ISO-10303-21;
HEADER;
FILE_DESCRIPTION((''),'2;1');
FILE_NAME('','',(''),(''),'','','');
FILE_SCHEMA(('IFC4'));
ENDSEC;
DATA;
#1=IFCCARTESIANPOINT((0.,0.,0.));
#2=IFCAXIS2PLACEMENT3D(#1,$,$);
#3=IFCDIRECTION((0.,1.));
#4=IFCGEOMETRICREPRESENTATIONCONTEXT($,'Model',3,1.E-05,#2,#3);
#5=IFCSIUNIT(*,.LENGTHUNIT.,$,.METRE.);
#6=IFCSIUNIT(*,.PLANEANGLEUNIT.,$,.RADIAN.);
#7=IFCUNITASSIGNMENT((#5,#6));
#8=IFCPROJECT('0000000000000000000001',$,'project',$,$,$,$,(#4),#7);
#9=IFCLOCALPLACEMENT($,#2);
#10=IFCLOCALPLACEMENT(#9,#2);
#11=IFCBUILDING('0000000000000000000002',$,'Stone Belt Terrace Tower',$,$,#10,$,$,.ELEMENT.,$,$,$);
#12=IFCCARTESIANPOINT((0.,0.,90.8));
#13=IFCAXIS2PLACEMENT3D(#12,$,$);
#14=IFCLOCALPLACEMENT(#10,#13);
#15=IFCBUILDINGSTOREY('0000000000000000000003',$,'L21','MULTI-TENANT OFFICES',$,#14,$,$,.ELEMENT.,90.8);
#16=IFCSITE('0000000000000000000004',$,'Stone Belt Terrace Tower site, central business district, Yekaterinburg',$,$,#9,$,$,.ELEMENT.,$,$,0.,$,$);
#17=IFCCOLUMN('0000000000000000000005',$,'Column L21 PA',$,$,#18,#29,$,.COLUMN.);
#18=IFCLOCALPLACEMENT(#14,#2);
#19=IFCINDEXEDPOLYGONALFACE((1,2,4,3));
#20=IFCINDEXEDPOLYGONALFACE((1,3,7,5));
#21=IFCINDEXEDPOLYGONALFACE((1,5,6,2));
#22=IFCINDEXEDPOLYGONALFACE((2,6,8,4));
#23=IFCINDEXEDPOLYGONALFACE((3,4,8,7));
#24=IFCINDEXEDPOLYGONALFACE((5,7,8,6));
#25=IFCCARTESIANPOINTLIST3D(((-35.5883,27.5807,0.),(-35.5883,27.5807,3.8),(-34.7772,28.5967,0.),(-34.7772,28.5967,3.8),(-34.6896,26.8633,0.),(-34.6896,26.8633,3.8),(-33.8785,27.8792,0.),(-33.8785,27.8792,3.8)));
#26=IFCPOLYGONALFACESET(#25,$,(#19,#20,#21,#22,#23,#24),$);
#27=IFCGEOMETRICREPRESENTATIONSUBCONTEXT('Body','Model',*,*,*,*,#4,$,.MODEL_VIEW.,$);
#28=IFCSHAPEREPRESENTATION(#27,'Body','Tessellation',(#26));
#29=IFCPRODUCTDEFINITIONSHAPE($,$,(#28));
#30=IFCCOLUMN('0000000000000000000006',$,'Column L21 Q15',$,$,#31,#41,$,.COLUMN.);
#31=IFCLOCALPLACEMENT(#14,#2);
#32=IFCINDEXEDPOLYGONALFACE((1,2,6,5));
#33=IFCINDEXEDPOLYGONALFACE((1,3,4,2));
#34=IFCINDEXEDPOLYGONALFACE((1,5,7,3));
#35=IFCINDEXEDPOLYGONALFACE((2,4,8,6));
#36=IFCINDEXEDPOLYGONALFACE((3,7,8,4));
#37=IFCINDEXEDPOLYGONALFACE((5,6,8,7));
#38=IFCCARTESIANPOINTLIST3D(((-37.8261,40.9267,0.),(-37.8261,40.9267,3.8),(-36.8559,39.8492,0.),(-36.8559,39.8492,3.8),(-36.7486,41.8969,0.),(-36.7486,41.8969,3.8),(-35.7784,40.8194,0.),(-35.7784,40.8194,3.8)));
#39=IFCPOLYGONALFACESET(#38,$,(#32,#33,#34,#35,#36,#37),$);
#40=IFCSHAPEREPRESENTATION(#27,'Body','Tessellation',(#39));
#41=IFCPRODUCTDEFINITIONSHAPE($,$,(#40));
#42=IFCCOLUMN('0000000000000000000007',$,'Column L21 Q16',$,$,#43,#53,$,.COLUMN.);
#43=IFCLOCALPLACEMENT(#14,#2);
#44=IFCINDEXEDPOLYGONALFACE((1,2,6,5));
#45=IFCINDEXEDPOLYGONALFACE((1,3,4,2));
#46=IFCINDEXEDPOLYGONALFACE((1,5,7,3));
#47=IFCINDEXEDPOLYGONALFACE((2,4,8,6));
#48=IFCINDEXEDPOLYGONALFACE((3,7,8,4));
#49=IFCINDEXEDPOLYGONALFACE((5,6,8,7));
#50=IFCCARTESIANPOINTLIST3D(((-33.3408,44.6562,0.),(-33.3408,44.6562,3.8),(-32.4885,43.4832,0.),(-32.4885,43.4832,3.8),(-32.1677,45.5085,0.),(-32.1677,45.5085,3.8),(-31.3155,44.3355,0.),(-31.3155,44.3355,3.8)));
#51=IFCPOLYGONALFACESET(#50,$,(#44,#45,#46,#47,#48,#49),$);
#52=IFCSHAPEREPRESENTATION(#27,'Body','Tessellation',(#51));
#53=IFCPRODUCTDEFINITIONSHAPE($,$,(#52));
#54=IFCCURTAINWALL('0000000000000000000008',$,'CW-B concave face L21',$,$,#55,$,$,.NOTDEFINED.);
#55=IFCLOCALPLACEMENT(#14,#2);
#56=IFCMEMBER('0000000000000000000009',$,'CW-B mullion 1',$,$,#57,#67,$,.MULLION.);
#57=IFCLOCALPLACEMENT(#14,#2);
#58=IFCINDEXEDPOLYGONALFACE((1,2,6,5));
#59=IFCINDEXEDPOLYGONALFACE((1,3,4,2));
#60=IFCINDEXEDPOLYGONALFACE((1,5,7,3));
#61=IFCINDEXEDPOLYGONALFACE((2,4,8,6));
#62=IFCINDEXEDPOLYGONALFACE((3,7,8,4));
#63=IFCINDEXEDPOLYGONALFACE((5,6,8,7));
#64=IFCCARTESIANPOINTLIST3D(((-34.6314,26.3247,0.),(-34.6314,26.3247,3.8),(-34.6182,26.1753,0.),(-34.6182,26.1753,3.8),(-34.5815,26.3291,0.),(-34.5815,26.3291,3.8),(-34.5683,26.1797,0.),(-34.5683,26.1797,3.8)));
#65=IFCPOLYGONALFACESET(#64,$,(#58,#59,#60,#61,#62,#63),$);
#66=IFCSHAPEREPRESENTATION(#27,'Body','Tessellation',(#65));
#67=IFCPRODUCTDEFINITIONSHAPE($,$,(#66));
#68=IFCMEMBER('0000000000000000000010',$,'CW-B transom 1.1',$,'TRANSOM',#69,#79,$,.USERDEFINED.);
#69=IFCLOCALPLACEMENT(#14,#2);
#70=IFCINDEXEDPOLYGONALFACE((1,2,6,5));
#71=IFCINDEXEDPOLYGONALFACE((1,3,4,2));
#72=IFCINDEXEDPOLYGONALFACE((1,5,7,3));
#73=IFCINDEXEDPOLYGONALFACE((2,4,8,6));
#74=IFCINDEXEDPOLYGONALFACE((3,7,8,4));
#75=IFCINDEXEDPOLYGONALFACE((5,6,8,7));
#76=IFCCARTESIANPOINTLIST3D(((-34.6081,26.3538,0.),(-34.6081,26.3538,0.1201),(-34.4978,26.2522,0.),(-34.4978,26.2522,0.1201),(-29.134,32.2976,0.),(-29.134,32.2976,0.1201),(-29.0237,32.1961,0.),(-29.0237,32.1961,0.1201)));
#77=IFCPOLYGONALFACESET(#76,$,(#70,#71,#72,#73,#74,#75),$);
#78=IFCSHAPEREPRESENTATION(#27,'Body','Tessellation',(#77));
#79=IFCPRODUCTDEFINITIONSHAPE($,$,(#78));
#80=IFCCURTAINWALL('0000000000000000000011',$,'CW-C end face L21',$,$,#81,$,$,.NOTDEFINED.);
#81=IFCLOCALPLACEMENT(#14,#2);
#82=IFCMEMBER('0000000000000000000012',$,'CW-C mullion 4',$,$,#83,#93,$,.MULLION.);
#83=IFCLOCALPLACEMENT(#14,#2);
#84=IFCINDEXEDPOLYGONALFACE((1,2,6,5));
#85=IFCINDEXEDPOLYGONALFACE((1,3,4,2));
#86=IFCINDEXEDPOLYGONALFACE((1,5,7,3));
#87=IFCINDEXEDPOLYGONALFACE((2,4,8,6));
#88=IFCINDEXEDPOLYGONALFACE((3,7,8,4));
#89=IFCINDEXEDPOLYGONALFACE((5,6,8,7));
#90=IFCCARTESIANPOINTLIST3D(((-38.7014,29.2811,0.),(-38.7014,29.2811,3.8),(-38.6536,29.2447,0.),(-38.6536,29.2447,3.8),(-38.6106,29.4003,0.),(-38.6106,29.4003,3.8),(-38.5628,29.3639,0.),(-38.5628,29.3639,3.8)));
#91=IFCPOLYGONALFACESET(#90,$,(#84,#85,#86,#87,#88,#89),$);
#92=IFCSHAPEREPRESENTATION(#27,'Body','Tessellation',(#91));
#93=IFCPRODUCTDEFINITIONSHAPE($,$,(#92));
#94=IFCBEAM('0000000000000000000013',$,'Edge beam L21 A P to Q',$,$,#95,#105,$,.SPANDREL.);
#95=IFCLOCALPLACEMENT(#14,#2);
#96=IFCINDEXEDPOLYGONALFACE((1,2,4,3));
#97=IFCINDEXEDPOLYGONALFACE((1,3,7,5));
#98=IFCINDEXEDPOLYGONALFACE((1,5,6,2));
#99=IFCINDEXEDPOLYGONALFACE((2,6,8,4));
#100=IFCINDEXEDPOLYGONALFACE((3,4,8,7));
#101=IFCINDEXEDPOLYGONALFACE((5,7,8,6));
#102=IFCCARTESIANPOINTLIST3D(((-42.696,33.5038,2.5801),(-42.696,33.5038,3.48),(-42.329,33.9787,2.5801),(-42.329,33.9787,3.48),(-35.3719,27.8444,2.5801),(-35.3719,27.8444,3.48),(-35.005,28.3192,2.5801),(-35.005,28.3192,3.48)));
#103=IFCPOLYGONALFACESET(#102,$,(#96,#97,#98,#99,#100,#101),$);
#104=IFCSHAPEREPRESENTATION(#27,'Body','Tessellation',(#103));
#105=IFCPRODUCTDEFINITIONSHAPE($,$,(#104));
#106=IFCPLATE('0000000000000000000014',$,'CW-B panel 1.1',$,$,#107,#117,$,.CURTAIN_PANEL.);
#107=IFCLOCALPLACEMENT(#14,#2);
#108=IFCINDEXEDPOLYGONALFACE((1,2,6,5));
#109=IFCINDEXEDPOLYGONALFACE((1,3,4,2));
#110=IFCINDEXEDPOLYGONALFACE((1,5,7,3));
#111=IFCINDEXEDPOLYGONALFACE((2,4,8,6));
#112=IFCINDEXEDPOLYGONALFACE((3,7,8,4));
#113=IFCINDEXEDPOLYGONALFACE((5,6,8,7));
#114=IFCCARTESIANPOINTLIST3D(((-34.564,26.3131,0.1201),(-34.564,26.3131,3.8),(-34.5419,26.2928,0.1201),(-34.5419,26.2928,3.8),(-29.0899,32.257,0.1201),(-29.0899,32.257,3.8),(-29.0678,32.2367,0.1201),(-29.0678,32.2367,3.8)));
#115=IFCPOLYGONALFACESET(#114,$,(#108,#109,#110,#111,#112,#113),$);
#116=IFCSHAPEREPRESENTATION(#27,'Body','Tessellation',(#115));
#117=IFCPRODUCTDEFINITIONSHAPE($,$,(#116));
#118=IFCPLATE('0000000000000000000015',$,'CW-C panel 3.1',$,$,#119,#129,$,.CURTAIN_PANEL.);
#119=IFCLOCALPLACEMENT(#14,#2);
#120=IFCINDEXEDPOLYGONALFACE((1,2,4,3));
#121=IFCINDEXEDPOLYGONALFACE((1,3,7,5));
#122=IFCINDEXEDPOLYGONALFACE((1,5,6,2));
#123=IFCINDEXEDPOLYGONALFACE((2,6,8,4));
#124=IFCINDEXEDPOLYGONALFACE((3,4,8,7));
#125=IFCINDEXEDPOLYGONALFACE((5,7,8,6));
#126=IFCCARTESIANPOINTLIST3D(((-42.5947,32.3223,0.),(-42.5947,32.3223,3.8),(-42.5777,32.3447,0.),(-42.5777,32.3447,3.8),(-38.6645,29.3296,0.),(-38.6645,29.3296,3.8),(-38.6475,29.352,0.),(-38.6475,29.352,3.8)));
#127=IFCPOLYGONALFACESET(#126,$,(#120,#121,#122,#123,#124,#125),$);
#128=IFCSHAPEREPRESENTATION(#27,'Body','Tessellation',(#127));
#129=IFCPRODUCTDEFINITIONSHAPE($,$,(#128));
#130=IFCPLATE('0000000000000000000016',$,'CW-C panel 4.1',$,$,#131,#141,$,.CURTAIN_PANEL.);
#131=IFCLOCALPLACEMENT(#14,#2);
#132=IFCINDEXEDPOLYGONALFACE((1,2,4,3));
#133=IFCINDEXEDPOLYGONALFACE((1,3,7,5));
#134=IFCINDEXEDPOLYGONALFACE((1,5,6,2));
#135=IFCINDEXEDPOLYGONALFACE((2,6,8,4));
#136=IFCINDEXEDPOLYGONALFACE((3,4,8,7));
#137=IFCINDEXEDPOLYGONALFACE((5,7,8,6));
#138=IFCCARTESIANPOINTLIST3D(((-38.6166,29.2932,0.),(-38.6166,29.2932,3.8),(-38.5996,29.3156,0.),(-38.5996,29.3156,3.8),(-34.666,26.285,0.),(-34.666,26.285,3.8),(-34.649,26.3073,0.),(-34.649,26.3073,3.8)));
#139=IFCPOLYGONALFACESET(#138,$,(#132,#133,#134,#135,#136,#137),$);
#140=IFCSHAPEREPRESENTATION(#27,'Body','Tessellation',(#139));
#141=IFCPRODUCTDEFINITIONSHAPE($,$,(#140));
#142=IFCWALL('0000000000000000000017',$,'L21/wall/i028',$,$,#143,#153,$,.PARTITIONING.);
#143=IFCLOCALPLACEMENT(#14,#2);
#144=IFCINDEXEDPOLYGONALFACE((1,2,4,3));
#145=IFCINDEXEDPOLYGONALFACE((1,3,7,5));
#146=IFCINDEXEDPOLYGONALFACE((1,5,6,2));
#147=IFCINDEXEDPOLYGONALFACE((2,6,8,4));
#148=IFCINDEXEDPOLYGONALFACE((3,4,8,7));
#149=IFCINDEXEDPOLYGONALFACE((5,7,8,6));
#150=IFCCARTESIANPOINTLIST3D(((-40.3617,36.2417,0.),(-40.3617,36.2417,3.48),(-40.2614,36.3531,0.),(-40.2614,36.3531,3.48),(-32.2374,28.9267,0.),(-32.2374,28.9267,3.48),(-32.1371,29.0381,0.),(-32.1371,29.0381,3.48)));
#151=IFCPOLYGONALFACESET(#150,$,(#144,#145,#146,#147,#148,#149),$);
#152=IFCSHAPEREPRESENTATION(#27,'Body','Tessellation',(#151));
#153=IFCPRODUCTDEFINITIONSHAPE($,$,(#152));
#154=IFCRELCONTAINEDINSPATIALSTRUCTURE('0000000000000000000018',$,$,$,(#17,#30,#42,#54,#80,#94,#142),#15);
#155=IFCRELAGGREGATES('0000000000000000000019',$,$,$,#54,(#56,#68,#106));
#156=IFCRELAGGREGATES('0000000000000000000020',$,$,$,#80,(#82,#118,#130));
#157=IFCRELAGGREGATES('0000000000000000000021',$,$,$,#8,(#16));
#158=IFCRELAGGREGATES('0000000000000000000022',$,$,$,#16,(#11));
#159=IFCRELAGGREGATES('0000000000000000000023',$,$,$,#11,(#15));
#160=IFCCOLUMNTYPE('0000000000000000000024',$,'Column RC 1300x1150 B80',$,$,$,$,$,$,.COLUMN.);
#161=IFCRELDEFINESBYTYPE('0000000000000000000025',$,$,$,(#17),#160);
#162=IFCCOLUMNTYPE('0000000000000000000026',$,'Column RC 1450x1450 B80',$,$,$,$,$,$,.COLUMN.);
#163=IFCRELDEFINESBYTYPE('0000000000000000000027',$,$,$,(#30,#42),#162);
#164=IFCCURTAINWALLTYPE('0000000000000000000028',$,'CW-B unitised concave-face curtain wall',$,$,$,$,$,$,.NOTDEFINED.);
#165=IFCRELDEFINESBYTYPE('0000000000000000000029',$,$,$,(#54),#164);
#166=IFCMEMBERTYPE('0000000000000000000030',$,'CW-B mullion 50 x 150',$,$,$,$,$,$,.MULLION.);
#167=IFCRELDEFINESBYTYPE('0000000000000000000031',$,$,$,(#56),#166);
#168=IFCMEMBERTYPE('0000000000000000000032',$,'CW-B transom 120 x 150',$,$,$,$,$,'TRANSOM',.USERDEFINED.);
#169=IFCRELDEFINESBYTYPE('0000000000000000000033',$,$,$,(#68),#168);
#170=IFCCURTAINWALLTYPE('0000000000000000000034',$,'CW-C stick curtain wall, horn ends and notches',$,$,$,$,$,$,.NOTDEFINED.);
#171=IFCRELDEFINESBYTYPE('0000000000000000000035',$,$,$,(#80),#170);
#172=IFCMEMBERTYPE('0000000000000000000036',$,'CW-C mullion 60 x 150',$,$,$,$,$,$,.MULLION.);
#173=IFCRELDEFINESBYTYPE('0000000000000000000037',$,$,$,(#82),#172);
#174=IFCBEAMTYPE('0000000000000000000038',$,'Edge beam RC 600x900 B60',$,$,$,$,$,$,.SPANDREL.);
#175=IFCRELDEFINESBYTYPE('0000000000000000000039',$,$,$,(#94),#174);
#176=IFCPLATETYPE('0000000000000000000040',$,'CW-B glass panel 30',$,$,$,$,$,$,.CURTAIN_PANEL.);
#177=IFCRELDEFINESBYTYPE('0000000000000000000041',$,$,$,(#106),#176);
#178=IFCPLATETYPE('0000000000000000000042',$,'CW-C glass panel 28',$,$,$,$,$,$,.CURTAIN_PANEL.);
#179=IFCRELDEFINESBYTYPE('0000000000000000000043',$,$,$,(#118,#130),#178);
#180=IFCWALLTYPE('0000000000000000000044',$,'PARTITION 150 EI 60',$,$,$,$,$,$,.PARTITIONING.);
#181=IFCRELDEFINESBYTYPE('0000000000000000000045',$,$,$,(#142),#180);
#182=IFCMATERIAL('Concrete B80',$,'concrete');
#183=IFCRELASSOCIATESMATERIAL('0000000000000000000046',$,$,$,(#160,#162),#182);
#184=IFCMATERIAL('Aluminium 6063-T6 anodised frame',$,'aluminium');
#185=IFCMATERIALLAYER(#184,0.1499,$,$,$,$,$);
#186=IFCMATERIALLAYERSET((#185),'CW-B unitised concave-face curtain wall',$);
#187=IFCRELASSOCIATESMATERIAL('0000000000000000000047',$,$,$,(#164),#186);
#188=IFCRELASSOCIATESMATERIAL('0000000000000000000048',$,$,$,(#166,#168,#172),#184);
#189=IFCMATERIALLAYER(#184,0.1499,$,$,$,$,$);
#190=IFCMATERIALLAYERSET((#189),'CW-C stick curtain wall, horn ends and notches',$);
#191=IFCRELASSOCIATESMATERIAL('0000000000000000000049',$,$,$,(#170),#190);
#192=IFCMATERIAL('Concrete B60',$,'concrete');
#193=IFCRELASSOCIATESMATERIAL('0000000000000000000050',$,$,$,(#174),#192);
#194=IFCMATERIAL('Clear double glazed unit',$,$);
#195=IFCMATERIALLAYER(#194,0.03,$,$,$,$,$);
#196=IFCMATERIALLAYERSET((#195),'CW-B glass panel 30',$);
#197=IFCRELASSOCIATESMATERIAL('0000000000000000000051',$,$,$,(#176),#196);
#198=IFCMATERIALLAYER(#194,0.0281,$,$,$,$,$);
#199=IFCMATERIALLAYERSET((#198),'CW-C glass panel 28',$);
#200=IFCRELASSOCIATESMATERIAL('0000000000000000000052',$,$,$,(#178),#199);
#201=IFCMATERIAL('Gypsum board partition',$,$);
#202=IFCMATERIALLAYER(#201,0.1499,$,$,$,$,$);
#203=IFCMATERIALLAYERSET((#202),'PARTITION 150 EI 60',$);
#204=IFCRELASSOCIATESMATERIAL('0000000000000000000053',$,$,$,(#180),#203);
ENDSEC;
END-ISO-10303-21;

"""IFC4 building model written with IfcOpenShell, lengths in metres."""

from ifc_helpers import new_model, si_unit, direction, frame, frame_2d, origin, origin_2d, place, context, subcontext, project, spatial, rectangle, extrude, material, layer, layer_set, material_profile, profile_set, type_object, element, aggregate, save


model = new_model("IFC4")

# Units and contexts
model_context = context("Model", 3, precision=1e-05, world=origin(), true_north=direction((0.0, 1.0)))
body_context = subcontext(model_context, "Body", "Model", "MODEL_VIEW")
ifc_project = project(units=[si_unit("LENGTHUNIT", "METRE"), si_unit("PLANEANGLEUNIT", "RADIAN")], contexts=[model_context])

# Site, building, storey
site_placement = place(None, origin())
site = spatial("IfcSite", under=ifc_project, at=site_placement, Name="Stone Belt Terrace Tower site, central business district, Yekaterinburg", CompositionType="ELEMENT", RefElevation=0.0)
building_placement = place(site_placement, origin())
building = spatial("IfcBuilding", under=site, at=building_placement, Name="Stone Belt Terrace Tower", CompositionType="ELEMENT")
storey_placement = place(building_placement, frame((0.0, 0.0, 90.8)))
storey = spatial("IfcBuildingStorey", under=building, at=storey_placement, Name="L21", Description="MULTI-TENANT OFFICES", CompositionType="ELEMENT", Elevation=90.8)

# Columns
ifc_material_1 = material(Name="Concrete B80", Category="concrete")
ifc_material_profile_1 = material_profile(ifc_material_1, rectangle(XDim=1.3, YDim=1.1499, at=origin_2d()), Name="RC 1300x1150")
ifc_profile_set_1 = profile_set([ifc_material_profile_1], Name="Concrete B80")
column_type_1 = type_object("IfcColumnType", Name="Column RC 1300x1150 B80", PredefinedType="COLUMN", material=ifc_profile_set_1)
column_placement = place(storey_placement, frame((-34.7334, 27.73, 0.0), z_axis=(0.0, 0.0, 1.0), x_axis=(0.623918, 0.78149, 0.0)))
element("IfcColumn", 1, at=column_placement, inside=storey, type_object=column_type_1, Name="Column L21 PA", PredefinedType="COLUMN", context=body_context, shape_type="SweptSolid", body=[
    extrude(rectangle(XDim=1.3, YDim=1.1499, at=origin_2d()), origin(), (0.0, 0.0, 1.0), 3.8),
])
ifc_material_profile_2 = material_profile(ifc_material_1, rectangle(XDim=1.45, YDim=1.45, at=origin_2d()), Name="RC 1450x1450")
ifc_profile_set_2 = profile_set([ifc_material_profile_2], Name="Concrete B80")
column_type_2 = type_object("IfcColumnType", Name="Column RC 1450x1450 B80", PredefinedType="COLUMN", material=ifc_profile_set_2)
for number, where, z_axis, x_axis, name in (
    (2, (-36.8022, 40.873, 0.0), (0.0, 0.0, 1.0), (0.743145, 0.669131, 0.0), "Column L21 Q15"),
    (3, (-32.3281, 44.4958, 0.0), (0.0, 0.0, 1.0), (0.809017, 0.587785, 0.0), "Column L21 Q16"),
):
    element("IfcColumn", number, at=place(storey_placement, frame(where, z_axis=z_axis, x_axis=x_axis)), inside=storey, type_object=column_type_2, Name=name, PredefinedType="COLUMN", context=body_context, shape_type="SweptSolid", body=[
        extrude(rectangle(XDim=1.45, YDim=1.45, at=origin_2d()), origin(), (0.0, 0.0, 1.0), 3.8),
    ])

# Curtain wall, members
ifc_material_2 = material(Name="Aluminium 6063-T6 anodised frame", Category="aluminium")
ifc_layer_1 = layer(ifc_material_2, 0.1499)
ifc_layer_set_1 = layer_set([ifc_layer_1], Name="CW-B unitised concave-face curtain wall")
curtain_wall_type_1 = type_object("IfcCurtainWallType", Name="CW-B unitised concave-face curtain wall", PredefinedType="NOTDEFINED", material=ifc_layer_set_1)
curtain_wall_1_placement = place(storey_placement, origin())
curtain_wall_1 = element("IfcCurtainWall", 4, at=curtain_wall_1_placement, inside=storey, type_object=curtain_wall_type_1, Name="CW-B concave face L21", PredefinedType="NOTDEFINED")
ifc_material_profile_3 = material_profile(ifc_material_2, rectangle(XDim=0.1499, YDim=0.05, at=origin_2d()), Name="Aluminium 6063-T6 50x150")
ifc_profile_set_3 = profile_set([ifc_material_profile_3], Name="Aluminium 6063-T6 anodised frame")
member_type_1 = type_object("IfcMemberType", Name="CW-B mullion 50 x 150", PredefinedType="MULLION", material=ifc_profile_set_3)
member_1_placement = place(storey_placement, frame((-34.5999, 26.2522, 0.0), z_axis=(0.0, 0.0, 1.0), x_axis=(-0.087748, 0.996143, 0.0)))
member_1 = element("IfcMember", 5, at=member_1_placement, type_object=member_type_1, Name="CW-B mullion 1", PredefinedType="MULLION", context=body_context, shape_type="SweptSolid", body=[
    extrude(rectangle(XDim=0.1499, YDim=0.05, at=origin_2d()), origin(), (0.0, 0.0, 1.0), 3.8),
])
ifc_material_profile_4 = material_profile(ifc_material_2, rectangle(XDim=0.1499, YDim=0.1201, at=origin_2d()), Name="Aluminium 6063-T6 150x120")
ifc_profile_set_4 = profile_set([ifc_material_profile_4], Name="Aluminium 6063-T6 anodised frame")
member_type_2 = type_object("IfcMemberType", Name="CW-B transom 120 x 150", ElementType="TRANSOM", PredefinedType="USERDEFINED", material=ifc_profile_set_4)
member_2_placement = place(storey_placement, frame((-34.553, 26.303, 0.0601), z_axis=(0.677444, 0.735574, 0.0), x_axis=(-0.735574, 0.677444, 0.0)))
member_2 = element("IfcMember", 6, at=member_2_placement, type_object=member_type_2, Name="CW-B transom 1.1", ObjectType="TRANSOM", PredefinedType="USERDEFINED", context=body_context, shape_type="SweptSolid", body=[
    extrude(rectangle(XDim=0.1499, YDim=0.1201, at=origin_2d()), origin(), (0.0, 0.0, 1.0), 8.0806),
])

# Curtain wall, member
ifc_layer_2 = layer(ifc_material_2, 0.1499)
ifc_layer_set_2 = layer_set([ifc_layer_2], Name="CW-C stick curtain wall, horn ends and notches")
curtain_wall_type_2 = type_object("IfcCurtainWallType", Name="CW-C stick curtain wall, horn ends and notches", PredefinedType="NOTDEFINED", material=ifc_layer_set_2)
curtain_wall_2_placement = place(storey_placement, origin())
curtain_wall_2 = element("IfcCurtainWall", 7, at=curtain_wall_2_placement, inside=storey, type_object=curtain_wall_type_2, Name="CW-C end face L21", PredefinedType="NOTDEFINED")
ifc_material_profile_5 = material_profile(ifc_material_2, rectangle(XDim=0.1499, YDim=0.0601, at=origin_2d()), Name="Aluminium 6063-T6 60x150")
ifc_profile_set_5 = profile_set([ifc_material_profile_5], Name="Aluminium 6063-T6 anodised frame")
member_type_3 = type_object("IfcMemberType", Name="CW-C mullion 60 x 150", PredefinedType="MULLION", material=ifc_profile_set_5)
member_3_placement = place(storey_placement, frame((-38.6321, 29.3225, 0.0), z_axis=(0.0, 0.0, 1.0), x_axis=(0.60582, 0.795602, 0.0)))
member_3 = element("IfcMember", 8, at=member_3_placement, type_object=member_type_3, Name="CW-C mullion 4", PredefinedType="MULLION", context=body_context, shape_type="SweptSolid", body=[
    extrude(rectangle(XDim=0.1499, YDim=0.0601, at=origin_2d()), origin(), (0.0, 0.0, 1.0), 3.8),
])

# Beam
ifc_material_3 = material(Name="Concrete B60", Category="concrete")
ifc_material_profile_6 = material_profile(ifc_material_3, rectangle(XDim=0.6001, YDim=0.8999, at=origin_2d()), Name="RC 600x900")
ifc_profile_set_6 = profile_set([ifc_material_profile_6], Name="Concrete B60")
beam_type = type_object("IfcBeamType", Name="Edge beam RC 600x900 B60", PredefinedType="SPANDREL", material=ifc_profile_set_6)
beam_placement = place(storey_placement, frame((-35.1885, 28.0818, 3.03), z_axis=(-0.791286, 0.611447, 0.0), x_axis=(-0.611447, -0.791286, 0.0)))
element("IfcBeam", 9, at=beam_placement, inside=storey, type_object=beam_type, Name="Edge beam L21 A P to Q", PredefinedType="SPANDREL", context=body_context, shape_type="SweptSolid", body=[
    extrude(rectangle(XDim=0.6001, YDim=0.8999, at=origin_2d()), origin(), (0.0, 0.0, 1.0), 9.2559),
])

# Plates
ifc_material_4 = material(Name="Clear double glazed unit")
ifc_layer_3 = layer(ifc_material_4, 0.03)
ifc_layer_set_3 = layer_set([ifc_layer_3], Name="CW-B glass panel 30")
plate_type_1 = type_object("IfcPlateType", Name="CW-B glass panel 30", PredefinedType="CURTAIN_PANEL", material=ifc_layer_set_3)
plate_1_placement = place(storey_placement, frame((-31.8159, 29.2749, 0.1201), z_axis=(0.0, 0.0, 1.0), x_axis=(0.67744, 0.735578, 0.0)))
plate_1 = element("IfcPlate", 10, at=plate_1_placement, type_object=plate_type_1, Name="CW-B panel 1.1", PredefinedType="CURTAIN_PANEL", context=body_context, shape_type="SweptSolid", body=[
    extrude(rectangle(XDim=8.0806, YDim=0.03, at=origin_2d()), origin(), (0.0, 0.0, 1.0), 3.6799),
])
aggregate(curtain_wall_1, [member_1, member_2, plate_1])
ifc_layer_4 = layer(ifc_material_4, 0.0281)
ifc_layer_set_4 = layer_set([ifc_layer_4], Name="CW-C glass panel 28")
plate_type_2 = type_object("IfcPlateType", Name="CW-C glass panel 28", PredefinedType="CURTAIN_PANEL", material=ifc_layer_set_4)
plate_2_placement = place(storey_placement, frame((-40.6211, 30.8372, 0.0), z_axis=(0.0, 0.0, 1.0), x_axis=(0.795602, -0.60582, 0.0)))
plate_2 = element("IfcPlate", 11, at=plate_2_placement, type_object=plate_type_2, Name="CW-C panel 3.1", PredefinedType="CURTAIN_PANEL", context=body_context, shape_type="SweptSolid", body=[
    extrude(rectangle(XDim=4.9399, YDim=0.0281, at=origin_2d()), origin(), (0.0, 0.0, 1.0), 3.8),
])
plate_3_placement = place(storey_placement, frame((-36.6328, 27.8003, 0.0), z_axis=(0.0, 0.0, 1.0), x_axis=(0.795602, -0.60582, 0.0)))
plate_3 = element("IfcPlate", 12, at=plate_3_placement, type_object=plate_type_2, Name="CW-C panel 4.1", PredefinedType="CURTAIN_PANEL", context=body_context, shape_type="SweptSolid", body=[
    extrude(rectangle(XDim=4.9656, YDim=0.0281, at=origin_2d()), origin(), (0.0, 0.0, 1.0), 3.8),
])
aggregate(curtain_wall_2, [member_3, plate_2, plate_3])

# Wall
ifc_material_5 = material(Name="Gypsum board partition")
ifc_layer_5 = layer(ifc_material_5, 0.1499)
ifc_layer_set_5 = layer_set([ifc_layer_5], Name="PARTITION 150 EI 60")
wall_type_1 = type_object("IfcWallType", Name="PARTITION 150 EI 60", PredefinedType="PARTITIONING", material=ifc_layer_set_5)
wall_1_placement = place(storey_placement, frame((-40.3115, 36.2974, 0.0), z_axis=(0.0, 0.0, 1.0), x_axis=(0.743153, -0.669121, 0.0)))
element("IfcWall", 13, at=wall_1_placement, inside=storey, type_object=wall_type_1, Name="L21/wall/i028", PredefinedType="PARTITIONING", context=body_context, shape_type="SweptSolid", body=[
    extrude(rectangle(XDim=10.9321, YDim=0.1499, at=frame_2d((5.4661, 0.0))), origin(), (0.0, 0.0, 1.0), 3.48),
])

save(model, "model.ifc")
